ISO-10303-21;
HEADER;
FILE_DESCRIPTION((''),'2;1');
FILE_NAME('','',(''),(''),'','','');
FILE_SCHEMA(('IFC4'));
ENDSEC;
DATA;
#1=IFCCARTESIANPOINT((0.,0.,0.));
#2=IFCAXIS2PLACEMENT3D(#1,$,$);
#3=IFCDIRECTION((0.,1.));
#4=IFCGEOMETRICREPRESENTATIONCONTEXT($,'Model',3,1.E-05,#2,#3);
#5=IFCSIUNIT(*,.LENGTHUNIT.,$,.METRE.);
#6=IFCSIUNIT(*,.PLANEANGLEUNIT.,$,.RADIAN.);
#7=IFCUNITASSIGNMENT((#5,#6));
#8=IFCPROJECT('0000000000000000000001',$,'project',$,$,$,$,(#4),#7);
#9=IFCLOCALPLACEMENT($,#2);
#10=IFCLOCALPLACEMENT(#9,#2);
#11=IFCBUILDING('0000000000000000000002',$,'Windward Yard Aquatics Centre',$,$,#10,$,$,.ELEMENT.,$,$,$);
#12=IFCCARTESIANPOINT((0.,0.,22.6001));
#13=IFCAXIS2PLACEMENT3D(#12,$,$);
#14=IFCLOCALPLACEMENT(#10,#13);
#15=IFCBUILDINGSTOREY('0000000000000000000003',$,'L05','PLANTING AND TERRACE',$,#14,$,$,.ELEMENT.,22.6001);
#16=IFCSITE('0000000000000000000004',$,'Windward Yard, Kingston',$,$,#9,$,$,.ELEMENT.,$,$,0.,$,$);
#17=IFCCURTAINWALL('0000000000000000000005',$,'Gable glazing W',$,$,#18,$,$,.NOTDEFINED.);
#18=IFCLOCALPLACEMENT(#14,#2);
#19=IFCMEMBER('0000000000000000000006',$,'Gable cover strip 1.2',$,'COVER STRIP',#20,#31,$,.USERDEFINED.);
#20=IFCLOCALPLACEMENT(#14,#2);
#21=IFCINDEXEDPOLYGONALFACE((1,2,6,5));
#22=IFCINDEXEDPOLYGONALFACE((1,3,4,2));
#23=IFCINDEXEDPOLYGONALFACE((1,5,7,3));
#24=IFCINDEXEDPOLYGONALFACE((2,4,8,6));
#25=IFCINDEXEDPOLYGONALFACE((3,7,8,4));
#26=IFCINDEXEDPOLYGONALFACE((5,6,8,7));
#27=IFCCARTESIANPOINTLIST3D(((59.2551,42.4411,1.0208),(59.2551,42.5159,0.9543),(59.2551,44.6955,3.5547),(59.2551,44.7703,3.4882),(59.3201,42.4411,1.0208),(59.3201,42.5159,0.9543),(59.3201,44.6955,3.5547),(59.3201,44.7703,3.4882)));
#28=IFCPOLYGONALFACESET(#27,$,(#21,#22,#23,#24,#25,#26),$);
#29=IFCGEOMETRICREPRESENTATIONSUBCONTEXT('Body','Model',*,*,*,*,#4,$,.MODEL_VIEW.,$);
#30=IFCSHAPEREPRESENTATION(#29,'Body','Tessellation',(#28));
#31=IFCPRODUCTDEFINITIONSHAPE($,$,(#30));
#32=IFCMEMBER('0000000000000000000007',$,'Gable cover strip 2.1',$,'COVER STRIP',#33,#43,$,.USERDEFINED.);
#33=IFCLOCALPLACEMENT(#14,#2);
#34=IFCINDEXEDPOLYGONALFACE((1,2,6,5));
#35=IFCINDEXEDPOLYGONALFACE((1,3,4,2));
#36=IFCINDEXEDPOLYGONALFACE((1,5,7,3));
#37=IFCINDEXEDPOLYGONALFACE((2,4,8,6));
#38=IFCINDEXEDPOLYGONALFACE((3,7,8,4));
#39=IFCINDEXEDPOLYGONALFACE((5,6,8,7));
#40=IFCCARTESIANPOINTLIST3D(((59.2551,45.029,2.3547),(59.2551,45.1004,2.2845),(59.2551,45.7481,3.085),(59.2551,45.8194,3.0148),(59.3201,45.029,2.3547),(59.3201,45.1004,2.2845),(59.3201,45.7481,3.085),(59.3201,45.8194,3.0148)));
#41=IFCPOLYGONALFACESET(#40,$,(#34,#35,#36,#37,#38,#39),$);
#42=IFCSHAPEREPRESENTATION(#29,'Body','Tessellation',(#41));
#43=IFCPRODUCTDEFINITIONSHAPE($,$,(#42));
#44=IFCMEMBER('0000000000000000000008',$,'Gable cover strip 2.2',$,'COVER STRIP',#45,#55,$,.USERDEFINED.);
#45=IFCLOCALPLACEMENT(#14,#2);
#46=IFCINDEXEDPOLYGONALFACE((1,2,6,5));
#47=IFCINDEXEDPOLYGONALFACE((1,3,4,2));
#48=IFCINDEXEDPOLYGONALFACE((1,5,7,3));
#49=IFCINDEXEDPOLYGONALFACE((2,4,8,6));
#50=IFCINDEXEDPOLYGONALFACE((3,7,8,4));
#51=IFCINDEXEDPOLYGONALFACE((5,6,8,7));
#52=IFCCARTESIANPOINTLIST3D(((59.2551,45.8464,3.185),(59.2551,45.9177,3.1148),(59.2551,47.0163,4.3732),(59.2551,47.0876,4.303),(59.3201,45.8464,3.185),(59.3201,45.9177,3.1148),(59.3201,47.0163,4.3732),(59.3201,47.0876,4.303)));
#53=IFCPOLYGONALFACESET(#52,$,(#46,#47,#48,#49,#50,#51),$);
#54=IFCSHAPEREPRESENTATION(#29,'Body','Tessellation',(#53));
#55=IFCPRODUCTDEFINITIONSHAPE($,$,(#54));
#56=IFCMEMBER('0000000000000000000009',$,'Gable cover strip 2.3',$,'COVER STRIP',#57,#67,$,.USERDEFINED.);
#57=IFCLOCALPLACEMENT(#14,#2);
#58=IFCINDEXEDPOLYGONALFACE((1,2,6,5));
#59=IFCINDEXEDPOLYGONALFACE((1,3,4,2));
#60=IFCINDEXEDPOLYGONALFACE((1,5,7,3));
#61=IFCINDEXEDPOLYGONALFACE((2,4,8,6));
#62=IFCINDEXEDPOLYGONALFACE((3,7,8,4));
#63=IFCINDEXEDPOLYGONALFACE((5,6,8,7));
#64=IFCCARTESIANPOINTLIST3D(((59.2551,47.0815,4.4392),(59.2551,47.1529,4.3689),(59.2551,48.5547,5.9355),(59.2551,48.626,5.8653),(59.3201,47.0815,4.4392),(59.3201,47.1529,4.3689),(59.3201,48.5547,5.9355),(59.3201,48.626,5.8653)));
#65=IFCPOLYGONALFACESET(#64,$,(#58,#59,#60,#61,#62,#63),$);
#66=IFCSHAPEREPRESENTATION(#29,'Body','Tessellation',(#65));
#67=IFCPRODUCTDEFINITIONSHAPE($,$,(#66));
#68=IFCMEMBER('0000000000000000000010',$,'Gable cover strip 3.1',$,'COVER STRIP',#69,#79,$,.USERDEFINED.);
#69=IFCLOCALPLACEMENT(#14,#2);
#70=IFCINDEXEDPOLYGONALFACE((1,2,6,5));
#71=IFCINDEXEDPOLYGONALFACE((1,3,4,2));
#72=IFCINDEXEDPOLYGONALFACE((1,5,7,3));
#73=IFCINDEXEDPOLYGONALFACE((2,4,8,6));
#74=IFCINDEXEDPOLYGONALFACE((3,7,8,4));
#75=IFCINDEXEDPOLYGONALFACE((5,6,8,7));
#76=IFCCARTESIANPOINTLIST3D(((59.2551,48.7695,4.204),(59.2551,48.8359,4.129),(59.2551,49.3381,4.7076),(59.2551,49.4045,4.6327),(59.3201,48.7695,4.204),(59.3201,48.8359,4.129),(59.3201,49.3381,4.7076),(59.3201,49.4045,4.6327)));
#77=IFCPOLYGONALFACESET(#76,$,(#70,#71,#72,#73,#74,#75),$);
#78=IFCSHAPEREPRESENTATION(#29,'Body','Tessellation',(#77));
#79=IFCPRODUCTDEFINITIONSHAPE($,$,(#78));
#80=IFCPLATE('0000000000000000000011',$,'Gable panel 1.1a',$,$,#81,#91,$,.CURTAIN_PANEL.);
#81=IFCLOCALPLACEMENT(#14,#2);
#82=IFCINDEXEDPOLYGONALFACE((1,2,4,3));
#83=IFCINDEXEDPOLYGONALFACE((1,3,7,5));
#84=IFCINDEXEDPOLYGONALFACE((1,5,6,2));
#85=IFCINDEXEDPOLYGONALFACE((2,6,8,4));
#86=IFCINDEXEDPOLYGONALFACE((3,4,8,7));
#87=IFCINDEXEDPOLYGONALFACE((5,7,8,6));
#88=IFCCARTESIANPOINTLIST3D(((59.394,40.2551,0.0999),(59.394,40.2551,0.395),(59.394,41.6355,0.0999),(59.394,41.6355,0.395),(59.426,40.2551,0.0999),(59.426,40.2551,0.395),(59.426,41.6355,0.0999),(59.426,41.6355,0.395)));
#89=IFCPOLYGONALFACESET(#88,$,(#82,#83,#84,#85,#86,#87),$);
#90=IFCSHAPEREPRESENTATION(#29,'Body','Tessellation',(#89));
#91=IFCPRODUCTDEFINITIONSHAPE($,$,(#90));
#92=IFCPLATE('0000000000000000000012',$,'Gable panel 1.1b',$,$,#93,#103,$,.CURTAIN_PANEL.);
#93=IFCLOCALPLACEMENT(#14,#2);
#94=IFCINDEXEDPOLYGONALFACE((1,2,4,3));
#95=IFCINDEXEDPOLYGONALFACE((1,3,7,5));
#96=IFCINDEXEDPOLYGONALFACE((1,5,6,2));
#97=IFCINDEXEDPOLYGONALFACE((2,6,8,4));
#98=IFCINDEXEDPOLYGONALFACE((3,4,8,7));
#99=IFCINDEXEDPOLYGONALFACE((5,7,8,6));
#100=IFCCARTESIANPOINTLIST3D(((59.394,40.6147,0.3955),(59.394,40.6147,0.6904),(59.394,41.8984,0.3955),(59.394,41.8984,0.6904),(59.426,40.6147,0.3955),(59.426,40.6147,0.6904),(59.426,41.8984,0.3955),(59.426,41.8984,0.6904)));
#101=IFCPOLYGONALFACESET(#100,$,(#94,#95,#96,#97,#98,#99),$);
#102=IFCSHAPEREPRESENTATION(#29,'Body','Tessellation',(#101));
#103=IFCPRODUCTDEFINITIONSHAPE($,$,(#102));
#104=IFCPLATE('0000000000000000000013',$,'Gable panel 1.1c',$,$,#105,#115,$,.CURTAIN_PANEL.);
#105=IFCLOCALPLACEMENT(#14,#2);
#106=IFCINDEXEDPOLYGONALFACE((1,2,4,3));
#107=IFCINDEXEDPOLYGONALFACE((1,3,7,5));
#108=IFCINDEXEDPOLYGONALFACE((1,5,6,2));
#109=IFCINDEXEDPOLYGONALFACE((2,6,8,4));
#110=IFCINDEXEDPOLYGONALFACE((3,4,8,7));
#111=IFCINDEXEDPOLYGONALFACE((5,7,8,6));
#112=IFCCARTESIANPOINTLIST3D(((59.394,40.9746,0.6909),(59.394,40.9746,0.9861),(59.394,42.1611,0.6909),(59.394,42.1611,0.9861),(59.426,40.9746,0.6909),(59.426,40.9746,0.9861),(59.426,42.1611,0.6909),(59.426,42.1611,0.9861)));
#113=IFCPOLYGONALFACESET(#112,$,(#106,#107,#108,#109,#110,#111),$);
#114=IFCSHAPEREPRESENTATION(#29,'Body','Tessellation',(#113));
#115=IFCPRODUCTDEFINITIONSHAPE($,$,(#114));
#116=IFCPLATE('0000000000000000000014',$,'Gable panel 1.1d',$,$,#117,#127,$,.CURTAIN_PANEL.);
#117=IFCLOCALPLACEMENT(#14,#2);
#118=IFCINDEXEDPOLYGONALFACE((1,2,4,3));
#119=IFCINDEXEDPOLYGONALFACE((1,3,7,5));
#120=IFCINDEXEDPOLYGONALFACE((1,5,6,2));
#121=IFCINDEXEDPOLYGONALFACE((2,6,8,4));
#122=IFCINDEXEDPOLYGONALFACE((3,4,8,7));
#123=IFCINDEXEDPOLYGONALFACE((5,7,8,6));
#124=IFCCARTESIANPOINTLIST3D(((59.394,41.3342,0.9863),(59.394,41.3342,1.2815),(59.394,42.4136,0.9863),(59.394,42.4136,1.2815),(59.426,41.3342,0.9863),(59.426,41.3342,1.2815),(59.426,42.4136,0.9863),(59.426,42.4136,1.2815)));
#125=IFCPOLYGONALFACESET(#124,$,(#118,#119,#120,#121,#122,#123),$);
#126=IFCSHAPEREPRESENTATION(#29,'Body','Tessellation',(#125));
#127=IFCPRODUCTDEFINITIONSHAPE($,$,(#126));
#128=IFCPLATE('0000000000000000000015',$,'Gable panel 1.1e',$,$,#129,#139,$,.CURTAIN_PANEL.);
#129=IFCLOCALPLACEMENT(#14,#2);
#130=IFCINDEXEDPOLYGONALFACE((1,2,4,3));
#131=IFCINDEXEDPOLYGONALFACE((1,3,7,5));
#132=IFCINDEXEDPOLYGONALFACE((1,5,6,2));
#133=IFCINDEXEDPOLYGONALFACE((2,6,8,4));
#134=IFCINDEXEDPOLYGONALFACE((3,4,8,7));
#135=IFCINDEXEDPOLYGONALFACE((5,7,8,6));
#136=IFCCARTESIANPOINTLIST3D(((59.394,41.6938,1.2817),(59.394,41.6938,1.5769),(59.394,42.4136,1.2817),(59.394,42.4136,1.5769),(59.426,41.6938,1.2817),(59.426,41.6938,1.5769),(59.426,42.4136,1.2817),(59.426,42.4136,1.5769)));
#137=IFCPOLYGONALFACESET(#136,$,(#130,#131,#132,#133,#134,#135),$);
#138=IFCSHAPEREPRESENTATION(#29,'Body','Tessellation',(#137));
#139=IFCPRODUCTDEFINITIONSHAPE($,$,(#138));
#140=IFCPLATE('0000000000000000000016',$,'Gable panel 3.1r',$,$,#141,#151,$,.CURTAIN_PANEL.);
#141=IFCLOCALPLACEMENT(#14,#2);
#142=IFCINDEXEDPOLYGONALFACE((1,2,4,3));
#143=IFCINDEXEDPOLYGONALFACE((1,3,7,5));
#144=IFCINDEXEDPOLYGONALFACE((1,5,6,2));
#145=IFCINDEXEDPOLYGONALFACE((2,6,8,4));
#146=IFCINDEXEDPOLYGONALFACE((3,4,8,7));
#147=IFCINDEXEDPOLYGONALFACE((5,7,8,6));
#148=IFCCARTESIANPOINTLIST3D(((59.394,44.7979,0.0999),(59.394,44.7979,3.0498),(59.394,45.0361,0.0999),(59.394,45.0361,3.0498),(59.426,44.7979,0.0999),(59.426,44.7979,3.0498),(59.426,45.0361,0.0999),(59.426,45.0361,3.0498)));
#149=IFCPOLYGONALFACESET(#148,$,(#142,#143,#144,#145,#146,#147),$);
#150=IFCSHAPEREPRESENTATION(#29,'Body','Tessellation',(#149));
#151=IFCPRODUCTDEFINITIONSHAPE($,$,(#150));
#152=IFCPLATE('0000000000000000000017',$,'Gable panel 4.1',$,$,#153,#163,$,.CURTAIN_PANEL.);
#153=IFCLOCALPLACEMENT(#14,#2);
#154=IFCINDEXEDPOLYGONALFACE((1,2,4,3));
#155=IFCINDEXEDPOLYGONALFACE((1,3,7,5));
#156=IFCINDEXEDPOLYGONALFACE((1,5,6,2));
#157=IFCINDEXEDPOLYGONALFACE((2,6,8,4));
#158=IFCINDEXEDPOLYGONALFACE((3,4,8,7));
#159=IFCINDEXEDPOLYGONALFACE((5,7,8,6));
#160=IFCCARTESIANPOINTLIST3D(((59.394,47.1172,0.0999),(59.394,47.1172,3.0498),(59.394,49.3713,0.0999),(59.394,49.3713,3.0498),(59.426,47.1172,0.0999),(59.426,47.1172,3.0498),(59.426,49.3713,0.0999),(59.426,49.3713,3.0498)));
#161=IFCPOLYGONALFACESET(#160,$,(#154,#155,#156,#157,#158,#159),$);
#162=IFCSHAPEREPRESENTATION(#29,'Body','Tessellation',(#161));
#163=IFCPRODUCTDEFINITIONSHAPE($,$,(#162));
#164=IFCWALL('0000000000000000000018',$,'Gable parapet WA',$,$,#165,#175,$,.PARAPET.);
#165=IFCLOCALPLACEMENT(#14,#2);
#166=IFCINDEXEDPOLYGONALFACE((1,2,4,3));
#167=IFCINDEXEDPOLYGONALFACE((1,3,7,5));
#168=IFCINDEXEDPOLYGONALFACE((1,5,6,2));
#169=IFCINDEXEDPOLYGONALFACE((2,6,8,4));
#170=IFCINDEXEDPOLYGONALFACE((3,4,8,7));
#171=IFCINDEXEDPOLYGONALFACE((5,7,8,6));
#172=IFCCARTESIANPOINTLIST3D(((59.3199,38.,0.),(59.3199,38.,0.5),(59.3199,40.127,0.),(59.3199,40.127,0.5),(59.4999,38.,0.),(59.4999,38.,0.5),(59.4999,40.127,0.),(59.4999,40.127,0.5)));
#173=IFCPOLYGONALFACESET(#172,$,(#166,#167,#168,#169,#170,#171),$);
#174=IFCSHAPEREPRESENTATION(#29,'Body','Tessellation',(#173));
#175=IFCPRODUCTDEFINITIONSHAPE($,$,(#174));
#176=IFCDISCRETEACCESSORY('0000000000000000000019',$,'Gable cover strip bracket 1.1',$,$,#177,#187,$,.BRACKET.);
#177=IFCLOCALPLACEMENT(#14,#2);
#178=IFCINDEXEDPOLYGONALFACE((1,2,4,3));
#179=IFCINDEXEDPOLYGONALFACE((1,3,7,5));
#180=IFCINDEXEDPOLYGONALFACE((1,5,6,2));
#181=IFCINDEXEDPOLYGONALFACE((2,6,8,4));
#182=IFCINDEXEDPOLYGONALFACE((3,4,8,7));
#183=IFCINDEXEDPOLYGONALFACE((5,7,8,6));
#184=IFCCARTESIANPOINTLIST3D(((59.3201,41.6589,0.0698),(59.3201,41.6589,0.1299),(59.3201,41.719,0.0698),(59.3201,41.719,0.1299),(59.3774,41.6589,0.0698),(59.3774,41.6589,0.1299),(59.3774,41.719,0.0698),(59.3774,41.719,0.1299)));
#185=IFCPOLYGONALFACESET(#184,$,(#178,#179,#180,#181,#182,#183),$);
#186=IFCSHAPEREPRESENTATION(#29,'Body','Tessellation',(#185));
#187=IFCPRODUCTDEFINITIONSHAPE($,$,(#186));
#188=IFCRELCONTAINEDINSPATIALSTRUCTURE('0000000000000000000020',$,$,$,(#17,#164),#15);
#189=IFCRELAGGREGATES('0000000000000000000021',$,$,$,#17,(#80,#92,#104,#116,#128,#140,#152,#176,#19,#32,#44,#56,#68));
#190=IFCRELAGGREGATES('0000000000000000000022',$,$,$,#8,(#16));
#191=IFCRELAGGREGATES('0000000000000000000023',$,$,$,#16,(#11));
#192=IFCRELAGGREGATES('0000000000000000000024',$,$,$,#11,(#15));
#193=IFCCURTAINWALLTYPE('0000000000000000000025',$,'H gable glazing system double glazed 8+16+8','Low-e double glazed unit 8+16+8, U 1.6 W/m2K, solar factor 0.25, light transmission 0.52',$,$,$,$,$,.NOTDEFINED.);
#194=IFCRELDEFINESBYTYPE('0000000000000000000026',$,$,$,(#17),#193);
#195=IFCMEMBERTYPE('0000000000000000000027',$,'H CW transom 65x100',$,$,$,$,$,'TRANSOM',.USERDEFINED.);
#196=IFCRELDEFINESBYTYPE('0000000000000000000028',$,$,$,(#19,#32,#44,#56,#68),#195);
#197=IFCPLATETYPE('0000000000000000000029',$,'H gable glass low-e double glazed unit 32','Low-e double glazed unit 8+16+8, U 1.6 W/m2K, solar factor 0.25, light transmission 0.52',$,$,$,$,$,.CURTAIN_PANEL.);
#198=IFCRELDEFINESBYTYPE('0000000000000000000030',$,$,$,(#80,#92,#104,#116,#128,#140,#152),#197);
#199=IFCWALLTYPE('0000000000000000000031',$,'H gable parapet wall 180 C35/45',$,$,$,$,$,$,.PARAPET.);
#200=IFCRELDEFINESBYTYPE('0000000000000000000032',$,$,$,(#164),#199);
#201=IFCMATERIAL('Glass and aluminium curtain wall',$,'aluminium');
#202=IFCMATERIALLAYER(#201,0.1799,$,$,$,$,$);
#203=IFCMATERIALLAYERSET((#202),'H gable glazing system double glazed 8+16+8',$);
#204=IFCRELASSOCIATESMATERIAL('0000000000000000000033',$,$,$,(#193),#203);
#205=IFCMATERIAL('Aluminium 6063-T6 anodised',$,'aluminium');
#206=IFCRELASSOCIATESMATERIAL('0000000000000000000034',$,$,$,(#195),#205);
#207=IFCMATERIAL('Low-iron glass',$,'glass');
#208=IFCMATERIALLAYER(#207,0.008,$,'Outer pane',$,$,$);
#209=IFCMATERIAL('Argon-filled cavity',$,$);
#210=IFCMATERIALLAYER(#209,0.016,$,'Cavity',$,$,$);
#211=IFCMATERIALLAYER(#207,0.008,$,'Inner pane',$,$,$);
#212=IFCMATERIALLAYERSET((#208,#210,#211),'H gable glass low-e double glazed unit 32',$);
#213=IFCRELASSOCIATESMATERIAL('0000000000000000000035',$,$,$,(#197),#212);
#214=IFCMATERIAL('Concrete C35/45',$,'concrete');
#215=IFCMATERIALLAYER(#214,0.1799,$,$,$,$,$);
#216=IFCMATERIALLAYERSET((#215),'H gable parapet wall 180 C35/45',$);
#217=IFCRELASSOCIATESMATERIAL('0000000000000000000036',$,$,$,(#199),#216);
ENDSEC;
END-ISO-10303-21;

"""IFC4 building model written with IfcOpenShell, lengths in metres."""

from ifc_helpers import new_model, si_unit, direction, frame, frame_2d, origin, origin_2d, place, context, subcontext, project, spatial, polyline, rectangle, outline, extrude, material, layer, layer_set, material_profile, profile_set, type_object, element, aggregate, save


model = new_model("IFC4")

# Units and contexts
model_context = context("Model", 3, precision=1e-05, world=origin(), true_north=direction((0.0, 1.0)))
body_context = subcontext(model_context, "Body", "Model", "MODEL_VIEW")
ifc_project = project(units=[si_unit("LENGTHUNIT", "METRE"), si_unit("PLANEANGLEUNIT", "RADIAN")], contexts=[model_context])

# Site, building, storey
site_placement = place(None, origin())
site = spatial("IfcSite", under=ifc_project, at=site_placement, Name="Windward Yard, Kingston", CompositionType="ELEMENT", RefElevation=0.0)
building_placement = place(site_placement, origin())
building = spatial("IfcBuilding", under=site, at=building_placement, Name="Windward Yard Aquatics Centre", CompositionType="ELEMENT")
storey_placement = place(building_placement, frame((0.0, 0.0, 22.6001)))
storey = spatial("IfcBuildingStorey", under=building, at=storey_placement, Name="L05", Description="PLANTING AND TERRACE", CompositionType="ELEMENT", Elevation=22.6001)

# Curtain wall, members, plates
ifc_material_1 = material(Name="Glass and aluminium curtain wall", Category="aluminium")
ifc_layer_1 = layer(ifc_material_1, 0.1799)
ifc_layer_set_1 = layer_set([ifc_layer_1], Name="H gable glazing system double glazed 8+16+8")
curtain_wall_type = type_object("IfcCurtainWallType", Name="H gable glazing system double glazed 8+16+8", Description="Low-e double glazed unit 8+16+8, U 1.6 W/m2K, solar factor 0.25, light transmission 0.52", PredefinedType="NOTDEFINED", material=ifc_layer_set_1)
curtain_wall_placement = place(storey_placement, origin())
curtain_wall = element("IfcCurtainWall", 1, at=curtain_wall_placement, inside=storey, type_object=curtain_wall_type, Name="Gable glazing W", PredefinedType="NOTDEFINED")
ifc_material_2 = material(Name="Aluminium 6063-T6 anodised", Category="aluminium")
ifc_material_profile_1 = material_profile(ifc_material_2, rectangle(XDim=0.0649, YDim=0.1001, at=origin_2d()), Name="H CW transom 65x100")
ifc_profile_set_1 = profile_set([ifc_material_profile_1], Name="Aluminium 6063-T6 anodised")
member_type_1 = type_object("IfcMemberType", Name="H CW transom 65x100", ElementType="TRANSOM", PredefinedType="USERDEFINED", material=ifc_profile_set_1)
member_1_placement = place(storey_placement, frame((59.2876, 42.4785, 0.9875), z_axis=(0.0, 0.664694, 0.747115), x_axis=(-1.0, 0.0, 0.0)))
member_1 = element("IfcMember", 2, at=member_1_placement, type_object=member_type_1, Name="Gable cover strip 1.2", ObjectType="COVER STRIP", PredefinedType="USERDEFINED", context=body_context, shape_type="SweptSolid", body=[
    extrude(rectangle(XDim=0.0649, YDim=0.1001, at=origin_2d()), origin(), (0.0, 0.0, 1.0), 3.3916),
])
member_2_placement = place(storey_placement, frame((59.2876, 45.0647, 2.3196), z_axis=(0.0, 0.701606, 0.712565), x_axis=(-1.0, 0.0, 0.0)))
member_2 = element("IfcMember", 3, at=member_2_placement, type_object=member_type_1, Name="Gable cover strip 2.1", ObjectType="COVER STRIP", PredefinedType="USERDEFINED", context=body_context, shape_type="SweptSolid", body=[
    extrude(rectangle(XDim=0.0649, YDim=0.1001, at=origin_2d()), origin(), (0.0, 0.0, 1.0), 1.0249),
])
member_3_placement = place(storey_placement, frame((59.2876, 45.8821, 3.1499), z_axis=(0.0, 0.701595, 0.712576), x_axis=(-1.0, 0.0, 0.0)))
member_3 = element("IfcMember", 4, at=member_3_placement, type_object=member_type_1, Name="Gable cover strip 2.2", ObjectType="COVER STRIP", PredefinedType="USERDEFINED", context=body_context, shape_type="SweptSolid", body=[
    extrude(rectangle(XDim=0.0649, YDim=0.1001, at=origin_2d()), origin(), (0.0, 0.0, 1.0), 1.6675),
])
member_4_placement = place(storey_placement, frame((59.2876, 47.1172, 4.4041), z_axis=(0.0, 0.701562, 0.712608), x_axis=(-1.0, 0.0, 0.0)))
member_4 = element("IfcMember", 5, at=member_4_placement, type_object=member_type_1, Name="Gable cover strip 2.3", ObjectType="COVER STRIP", PredefinedType="USERDEFINED", context=body_context, shape_type="SweptSolid", body=[
    extrude(rectangle(XDim=0.0649, YDim=0.1001, at=origin_2d()), origin(), (0.0, 0.0, 1.0), 2.0999),
])
member_5_placement = place(storey_placement, frame((59.2876, 48.8027, 4.1665), z_axis=(0.0, 0.748561, 0.663066), x_axis=(-1.0, 0.0, 0.0)))
member_5 = element("IfcMember", 6, at=member_5_placement, type_object=member_type_1, Name="Gable cover strip 3.1", ObjectType="COVER STRIP", PredefinedType="USERDEFINED", context=body_context, shape_type="SweptSolid", body=[
    extrude(rectangle(XDim=0.0649, YDim=0.1001, at=origin_2d()), origin(), (0.0, 0.0, 1.0), 0.7595),
])
ifc_material_3 = material(Name="Low-iron glass", Category="glass")
ifc_layer_2 = layer(ifc_material_3, 0.008, Name="Outer pane")
ifc_material_4 = material(Name="Argon-filled cavity")
ifc_layer_3 = layer(ifc_material_4, 0.016, Name="Cavity")
ifc_layer_4 = layer(ifc_material_3, 0.008, Name="Inner pane")
ifc_layer_set_2 = layer_set([ifc_layer_2, ifc_layer_3, ifc_layer_4], Name="H gable glass low-e double glazed unit 32")
plate_type = type_object("IfcPlateType", Name="H gable glass low-e double glazed unit 32", Description="Low-e double glazed unit 8+16+8, U 1.6 W/m2K, solar factor 0.25, light transmission 0.52", PredefinedType="CURTAIN_PANEL", material=ifc_layer_set_2)
plate_1_placement = place(storey_placement, frame((59.426, 40.2551, 0.0999), z_axis=(1.0, 0.0, 0.0), x_axis=(0.0, 1.0, 0.0)))
plate_1 = element("IfcPlate", 7, at=plate_1_placement, type_object=plate_type, Name="Gable panel 1.1a", PredefinedType="CURTAIN_PANEL", context=body_context, shape_type="SweptSolid", body=[
    extrude(outline(polyline([(0.0, 0.0), (1.3804, 0.0), (1.3804, 0.2952), (0.0, 0.2952), (0.0, 0.0)])), origin(), (0.0, 0.0, -1.0), 0.032),
])
plate_2_placement = place(storey_placement, frame((59.426, 40.6147, 0.3955), z_axis=(1.0, 0.0, 0.0), x_axis=(0.0, 1.0, 0.0)))
plate_2 = element("IfcPlate", 8, at=plate_2_placement, type_object=plate_type, Name="Gable panel 1.1b", PredefinedType="CURTAIN_PANEL", context=body_context, shape_type="SweptSolid", body=[
    extrude(outline(polyline([(0.0, 0.0), (1.2837, 0.0), (1.2837, 0.2949), (0.0, 0.2949), (0.0, 0.0)])), origin(), (0.0, 0.0, -1.0), 0.032),
])
plate_3_placement = place(storey_placement, frame((59.426, 40.9746, 0.6909), z_axis=(1.0, 0.0, 0.0), x_axis=(0.0, 1.0, 0.0)))
plate_3 = element("IfcPlate", 9, at=plate_3_placement, type_object=plate_type, Name="Gable panel 1.1c", PredefinedType="CURTAIN_PANEL", context=body_context, shape_type="SweptSolid", body=[
    extrude(outline(polyline([(0.0, 0.0), (1.1865, 0.0), (1.1865, 0.2952), (0.0, 0.2952), (0.0, 0.0)])), origin(), (0.0, 0.0, -1.0), 0.032),
])
plate_4_placement = place(storey_placement, frame((59.426, 41.3342, 0.9863), z_axis=(1.0, 0.0, 0.0), x_axis=(0.0, 1.0, 0.0)))
plate_4 = element("IfcPlate", 10, at=plate_4_placement, type_object=plate_type, Name="Gable panel 1.1d", PredefinedType="CURTAIN_PANEL", context=body_context, shape_type="SweptSolid", body=[
    extrude(outline(polyline([(0.0, 0.0), (1.0793, 0.0), (1.0793, 0.2952), (0.0, 0.2952), (0.0, 0.0)])), origin(), (0.0, 0.0, -1.0), 0.032),
])
plate_5_placement = place(storey_placement, frame((59.426, 41.6938, 1.2817), z_axis=(1.0, 0.0, 0.0), x_axis=(0.0, 1.0, 0.0)))
plate_5 = element("IfcPlate", 11, at=plate_5_placement, type_object=plate_type, Name="Gable panel 1.1e", PredefinedType="CURTAIN_PANEL", context=body_context, shape_type="SweptSolid", body=[
    extrude(outline(polyline([(0.0, 0.0), (0.7197, 0.0), (0.7197, 0.2952), (0.0, 0.2952), (0.0, 0.0)])), origin(), (0.0, 0.0, -1.0), 0.032),
])
plate_6_placement = place(storey_placement, frame((59.394, 44.7979, 0.0999), z_axis=(-1.0, 0.0, 0.0), x_axis=(0.0, 0.0, 1.0)))
plate_6 = element("IfcPlate", 12, at=plate_6_placement, type_object=plate_type, Name="Gable panel 3.1r", PredefinedType="CURTAIN_PANEL", context=body_context, shape_type="SweptSolid", body=[
    extrude(outline(polyline([(0.0, 0.0), (2.95, 0.0), (2.95, 0.2383), (0.0, 0.2383), (0.0, 0.0)])), origin(), (0.0, 0.0, -1.0), 0.032),
])
plate_7_placement = place(storey_placement, frame((59.394, 47.1172, 0.0999), z_axis=(-1.0, 0.0, 0.0), x_axis=(0.0, 0.0, 1.0)))
plate_7 = element("IfcPlate", 13, at=plate_7_placement, type_object=plate_type, Name="Gable panel 4.1", PredefinedType="CURTAIN_PANEL", context=body_context, shape_type="SweptSolid", body=[
    extrude(outline(polyline([(0.0, 0.0), (2.95, 0.0), (2.95, 2.2542), (0.0, 2.2542), (0.0, 0.0)])), origin(), (0.0, 0.0, -1.0), 0.032),
])

# Wall
ifc_material_5 = material(Name="Concrete C35/45", Category="concrete")
ifc_layer_5 = layer(ifc_material_5, 0.1799)
ifc_layer_set_3 = layer_set([ifc_layer_5], Name="H gable parapet wall 180 C35/45")
wall_type = type_object("IfcWallType", Name="H gable parapet wall 180 C35/45", PredefinedType="PARAPET", material=ifc_layer_set_3)
wall_placement = place(storey_placement, frame((59.4099, 38.0, 0.0), z_axis=(0.0, 0.0, 1.0), x_axis=(0.0, 1.0, 0.0)))
element("IfcWall", 14, at=wall_placement, inside=storey, type_object=wall_type, Name="Gable parapet WA", PredefinedType="PARAPET", context=body_context, shape_type="SweptSolid", body=[
    extrude(rectangle(XDim=2.127, YDim=0.1799, at=frame_2d((1.0635, 0.0))), origin(), (0.0, 0.0, 1.0), 0.5),
])

# Discrete accessory
discrete_accessory_1_placement = place(storey_placement, frame((59.3774, 41.689, 0.0999), z_axis=(-1.0, 0.0, 0.0), x_axis=(0.0, -1.0, 0.0)))
discrete_accessory_1 = element("IfcDiscreteAccessory", 15, at=discrete_accessory_1_placement, Name="Gable cover strip bracket 1.1", PredefinedType="BRACKET", context=body_context, shape_type="SweptSolid", body=[
    extrude(rectangle(XDim=0.0601, YDim=0.0601, at=origin_2d()), origin(), (0.0, 0.0, 1.0), 0.0574),
])
aggregate(curtain_wall, [plate_1, plate_2, plate_3, plate_4, plate_5, plate_6, plate_7, discrete_accessory_1, member_1, member_2, member_3, member_4, member_5])

save(model, "model.ifc")
